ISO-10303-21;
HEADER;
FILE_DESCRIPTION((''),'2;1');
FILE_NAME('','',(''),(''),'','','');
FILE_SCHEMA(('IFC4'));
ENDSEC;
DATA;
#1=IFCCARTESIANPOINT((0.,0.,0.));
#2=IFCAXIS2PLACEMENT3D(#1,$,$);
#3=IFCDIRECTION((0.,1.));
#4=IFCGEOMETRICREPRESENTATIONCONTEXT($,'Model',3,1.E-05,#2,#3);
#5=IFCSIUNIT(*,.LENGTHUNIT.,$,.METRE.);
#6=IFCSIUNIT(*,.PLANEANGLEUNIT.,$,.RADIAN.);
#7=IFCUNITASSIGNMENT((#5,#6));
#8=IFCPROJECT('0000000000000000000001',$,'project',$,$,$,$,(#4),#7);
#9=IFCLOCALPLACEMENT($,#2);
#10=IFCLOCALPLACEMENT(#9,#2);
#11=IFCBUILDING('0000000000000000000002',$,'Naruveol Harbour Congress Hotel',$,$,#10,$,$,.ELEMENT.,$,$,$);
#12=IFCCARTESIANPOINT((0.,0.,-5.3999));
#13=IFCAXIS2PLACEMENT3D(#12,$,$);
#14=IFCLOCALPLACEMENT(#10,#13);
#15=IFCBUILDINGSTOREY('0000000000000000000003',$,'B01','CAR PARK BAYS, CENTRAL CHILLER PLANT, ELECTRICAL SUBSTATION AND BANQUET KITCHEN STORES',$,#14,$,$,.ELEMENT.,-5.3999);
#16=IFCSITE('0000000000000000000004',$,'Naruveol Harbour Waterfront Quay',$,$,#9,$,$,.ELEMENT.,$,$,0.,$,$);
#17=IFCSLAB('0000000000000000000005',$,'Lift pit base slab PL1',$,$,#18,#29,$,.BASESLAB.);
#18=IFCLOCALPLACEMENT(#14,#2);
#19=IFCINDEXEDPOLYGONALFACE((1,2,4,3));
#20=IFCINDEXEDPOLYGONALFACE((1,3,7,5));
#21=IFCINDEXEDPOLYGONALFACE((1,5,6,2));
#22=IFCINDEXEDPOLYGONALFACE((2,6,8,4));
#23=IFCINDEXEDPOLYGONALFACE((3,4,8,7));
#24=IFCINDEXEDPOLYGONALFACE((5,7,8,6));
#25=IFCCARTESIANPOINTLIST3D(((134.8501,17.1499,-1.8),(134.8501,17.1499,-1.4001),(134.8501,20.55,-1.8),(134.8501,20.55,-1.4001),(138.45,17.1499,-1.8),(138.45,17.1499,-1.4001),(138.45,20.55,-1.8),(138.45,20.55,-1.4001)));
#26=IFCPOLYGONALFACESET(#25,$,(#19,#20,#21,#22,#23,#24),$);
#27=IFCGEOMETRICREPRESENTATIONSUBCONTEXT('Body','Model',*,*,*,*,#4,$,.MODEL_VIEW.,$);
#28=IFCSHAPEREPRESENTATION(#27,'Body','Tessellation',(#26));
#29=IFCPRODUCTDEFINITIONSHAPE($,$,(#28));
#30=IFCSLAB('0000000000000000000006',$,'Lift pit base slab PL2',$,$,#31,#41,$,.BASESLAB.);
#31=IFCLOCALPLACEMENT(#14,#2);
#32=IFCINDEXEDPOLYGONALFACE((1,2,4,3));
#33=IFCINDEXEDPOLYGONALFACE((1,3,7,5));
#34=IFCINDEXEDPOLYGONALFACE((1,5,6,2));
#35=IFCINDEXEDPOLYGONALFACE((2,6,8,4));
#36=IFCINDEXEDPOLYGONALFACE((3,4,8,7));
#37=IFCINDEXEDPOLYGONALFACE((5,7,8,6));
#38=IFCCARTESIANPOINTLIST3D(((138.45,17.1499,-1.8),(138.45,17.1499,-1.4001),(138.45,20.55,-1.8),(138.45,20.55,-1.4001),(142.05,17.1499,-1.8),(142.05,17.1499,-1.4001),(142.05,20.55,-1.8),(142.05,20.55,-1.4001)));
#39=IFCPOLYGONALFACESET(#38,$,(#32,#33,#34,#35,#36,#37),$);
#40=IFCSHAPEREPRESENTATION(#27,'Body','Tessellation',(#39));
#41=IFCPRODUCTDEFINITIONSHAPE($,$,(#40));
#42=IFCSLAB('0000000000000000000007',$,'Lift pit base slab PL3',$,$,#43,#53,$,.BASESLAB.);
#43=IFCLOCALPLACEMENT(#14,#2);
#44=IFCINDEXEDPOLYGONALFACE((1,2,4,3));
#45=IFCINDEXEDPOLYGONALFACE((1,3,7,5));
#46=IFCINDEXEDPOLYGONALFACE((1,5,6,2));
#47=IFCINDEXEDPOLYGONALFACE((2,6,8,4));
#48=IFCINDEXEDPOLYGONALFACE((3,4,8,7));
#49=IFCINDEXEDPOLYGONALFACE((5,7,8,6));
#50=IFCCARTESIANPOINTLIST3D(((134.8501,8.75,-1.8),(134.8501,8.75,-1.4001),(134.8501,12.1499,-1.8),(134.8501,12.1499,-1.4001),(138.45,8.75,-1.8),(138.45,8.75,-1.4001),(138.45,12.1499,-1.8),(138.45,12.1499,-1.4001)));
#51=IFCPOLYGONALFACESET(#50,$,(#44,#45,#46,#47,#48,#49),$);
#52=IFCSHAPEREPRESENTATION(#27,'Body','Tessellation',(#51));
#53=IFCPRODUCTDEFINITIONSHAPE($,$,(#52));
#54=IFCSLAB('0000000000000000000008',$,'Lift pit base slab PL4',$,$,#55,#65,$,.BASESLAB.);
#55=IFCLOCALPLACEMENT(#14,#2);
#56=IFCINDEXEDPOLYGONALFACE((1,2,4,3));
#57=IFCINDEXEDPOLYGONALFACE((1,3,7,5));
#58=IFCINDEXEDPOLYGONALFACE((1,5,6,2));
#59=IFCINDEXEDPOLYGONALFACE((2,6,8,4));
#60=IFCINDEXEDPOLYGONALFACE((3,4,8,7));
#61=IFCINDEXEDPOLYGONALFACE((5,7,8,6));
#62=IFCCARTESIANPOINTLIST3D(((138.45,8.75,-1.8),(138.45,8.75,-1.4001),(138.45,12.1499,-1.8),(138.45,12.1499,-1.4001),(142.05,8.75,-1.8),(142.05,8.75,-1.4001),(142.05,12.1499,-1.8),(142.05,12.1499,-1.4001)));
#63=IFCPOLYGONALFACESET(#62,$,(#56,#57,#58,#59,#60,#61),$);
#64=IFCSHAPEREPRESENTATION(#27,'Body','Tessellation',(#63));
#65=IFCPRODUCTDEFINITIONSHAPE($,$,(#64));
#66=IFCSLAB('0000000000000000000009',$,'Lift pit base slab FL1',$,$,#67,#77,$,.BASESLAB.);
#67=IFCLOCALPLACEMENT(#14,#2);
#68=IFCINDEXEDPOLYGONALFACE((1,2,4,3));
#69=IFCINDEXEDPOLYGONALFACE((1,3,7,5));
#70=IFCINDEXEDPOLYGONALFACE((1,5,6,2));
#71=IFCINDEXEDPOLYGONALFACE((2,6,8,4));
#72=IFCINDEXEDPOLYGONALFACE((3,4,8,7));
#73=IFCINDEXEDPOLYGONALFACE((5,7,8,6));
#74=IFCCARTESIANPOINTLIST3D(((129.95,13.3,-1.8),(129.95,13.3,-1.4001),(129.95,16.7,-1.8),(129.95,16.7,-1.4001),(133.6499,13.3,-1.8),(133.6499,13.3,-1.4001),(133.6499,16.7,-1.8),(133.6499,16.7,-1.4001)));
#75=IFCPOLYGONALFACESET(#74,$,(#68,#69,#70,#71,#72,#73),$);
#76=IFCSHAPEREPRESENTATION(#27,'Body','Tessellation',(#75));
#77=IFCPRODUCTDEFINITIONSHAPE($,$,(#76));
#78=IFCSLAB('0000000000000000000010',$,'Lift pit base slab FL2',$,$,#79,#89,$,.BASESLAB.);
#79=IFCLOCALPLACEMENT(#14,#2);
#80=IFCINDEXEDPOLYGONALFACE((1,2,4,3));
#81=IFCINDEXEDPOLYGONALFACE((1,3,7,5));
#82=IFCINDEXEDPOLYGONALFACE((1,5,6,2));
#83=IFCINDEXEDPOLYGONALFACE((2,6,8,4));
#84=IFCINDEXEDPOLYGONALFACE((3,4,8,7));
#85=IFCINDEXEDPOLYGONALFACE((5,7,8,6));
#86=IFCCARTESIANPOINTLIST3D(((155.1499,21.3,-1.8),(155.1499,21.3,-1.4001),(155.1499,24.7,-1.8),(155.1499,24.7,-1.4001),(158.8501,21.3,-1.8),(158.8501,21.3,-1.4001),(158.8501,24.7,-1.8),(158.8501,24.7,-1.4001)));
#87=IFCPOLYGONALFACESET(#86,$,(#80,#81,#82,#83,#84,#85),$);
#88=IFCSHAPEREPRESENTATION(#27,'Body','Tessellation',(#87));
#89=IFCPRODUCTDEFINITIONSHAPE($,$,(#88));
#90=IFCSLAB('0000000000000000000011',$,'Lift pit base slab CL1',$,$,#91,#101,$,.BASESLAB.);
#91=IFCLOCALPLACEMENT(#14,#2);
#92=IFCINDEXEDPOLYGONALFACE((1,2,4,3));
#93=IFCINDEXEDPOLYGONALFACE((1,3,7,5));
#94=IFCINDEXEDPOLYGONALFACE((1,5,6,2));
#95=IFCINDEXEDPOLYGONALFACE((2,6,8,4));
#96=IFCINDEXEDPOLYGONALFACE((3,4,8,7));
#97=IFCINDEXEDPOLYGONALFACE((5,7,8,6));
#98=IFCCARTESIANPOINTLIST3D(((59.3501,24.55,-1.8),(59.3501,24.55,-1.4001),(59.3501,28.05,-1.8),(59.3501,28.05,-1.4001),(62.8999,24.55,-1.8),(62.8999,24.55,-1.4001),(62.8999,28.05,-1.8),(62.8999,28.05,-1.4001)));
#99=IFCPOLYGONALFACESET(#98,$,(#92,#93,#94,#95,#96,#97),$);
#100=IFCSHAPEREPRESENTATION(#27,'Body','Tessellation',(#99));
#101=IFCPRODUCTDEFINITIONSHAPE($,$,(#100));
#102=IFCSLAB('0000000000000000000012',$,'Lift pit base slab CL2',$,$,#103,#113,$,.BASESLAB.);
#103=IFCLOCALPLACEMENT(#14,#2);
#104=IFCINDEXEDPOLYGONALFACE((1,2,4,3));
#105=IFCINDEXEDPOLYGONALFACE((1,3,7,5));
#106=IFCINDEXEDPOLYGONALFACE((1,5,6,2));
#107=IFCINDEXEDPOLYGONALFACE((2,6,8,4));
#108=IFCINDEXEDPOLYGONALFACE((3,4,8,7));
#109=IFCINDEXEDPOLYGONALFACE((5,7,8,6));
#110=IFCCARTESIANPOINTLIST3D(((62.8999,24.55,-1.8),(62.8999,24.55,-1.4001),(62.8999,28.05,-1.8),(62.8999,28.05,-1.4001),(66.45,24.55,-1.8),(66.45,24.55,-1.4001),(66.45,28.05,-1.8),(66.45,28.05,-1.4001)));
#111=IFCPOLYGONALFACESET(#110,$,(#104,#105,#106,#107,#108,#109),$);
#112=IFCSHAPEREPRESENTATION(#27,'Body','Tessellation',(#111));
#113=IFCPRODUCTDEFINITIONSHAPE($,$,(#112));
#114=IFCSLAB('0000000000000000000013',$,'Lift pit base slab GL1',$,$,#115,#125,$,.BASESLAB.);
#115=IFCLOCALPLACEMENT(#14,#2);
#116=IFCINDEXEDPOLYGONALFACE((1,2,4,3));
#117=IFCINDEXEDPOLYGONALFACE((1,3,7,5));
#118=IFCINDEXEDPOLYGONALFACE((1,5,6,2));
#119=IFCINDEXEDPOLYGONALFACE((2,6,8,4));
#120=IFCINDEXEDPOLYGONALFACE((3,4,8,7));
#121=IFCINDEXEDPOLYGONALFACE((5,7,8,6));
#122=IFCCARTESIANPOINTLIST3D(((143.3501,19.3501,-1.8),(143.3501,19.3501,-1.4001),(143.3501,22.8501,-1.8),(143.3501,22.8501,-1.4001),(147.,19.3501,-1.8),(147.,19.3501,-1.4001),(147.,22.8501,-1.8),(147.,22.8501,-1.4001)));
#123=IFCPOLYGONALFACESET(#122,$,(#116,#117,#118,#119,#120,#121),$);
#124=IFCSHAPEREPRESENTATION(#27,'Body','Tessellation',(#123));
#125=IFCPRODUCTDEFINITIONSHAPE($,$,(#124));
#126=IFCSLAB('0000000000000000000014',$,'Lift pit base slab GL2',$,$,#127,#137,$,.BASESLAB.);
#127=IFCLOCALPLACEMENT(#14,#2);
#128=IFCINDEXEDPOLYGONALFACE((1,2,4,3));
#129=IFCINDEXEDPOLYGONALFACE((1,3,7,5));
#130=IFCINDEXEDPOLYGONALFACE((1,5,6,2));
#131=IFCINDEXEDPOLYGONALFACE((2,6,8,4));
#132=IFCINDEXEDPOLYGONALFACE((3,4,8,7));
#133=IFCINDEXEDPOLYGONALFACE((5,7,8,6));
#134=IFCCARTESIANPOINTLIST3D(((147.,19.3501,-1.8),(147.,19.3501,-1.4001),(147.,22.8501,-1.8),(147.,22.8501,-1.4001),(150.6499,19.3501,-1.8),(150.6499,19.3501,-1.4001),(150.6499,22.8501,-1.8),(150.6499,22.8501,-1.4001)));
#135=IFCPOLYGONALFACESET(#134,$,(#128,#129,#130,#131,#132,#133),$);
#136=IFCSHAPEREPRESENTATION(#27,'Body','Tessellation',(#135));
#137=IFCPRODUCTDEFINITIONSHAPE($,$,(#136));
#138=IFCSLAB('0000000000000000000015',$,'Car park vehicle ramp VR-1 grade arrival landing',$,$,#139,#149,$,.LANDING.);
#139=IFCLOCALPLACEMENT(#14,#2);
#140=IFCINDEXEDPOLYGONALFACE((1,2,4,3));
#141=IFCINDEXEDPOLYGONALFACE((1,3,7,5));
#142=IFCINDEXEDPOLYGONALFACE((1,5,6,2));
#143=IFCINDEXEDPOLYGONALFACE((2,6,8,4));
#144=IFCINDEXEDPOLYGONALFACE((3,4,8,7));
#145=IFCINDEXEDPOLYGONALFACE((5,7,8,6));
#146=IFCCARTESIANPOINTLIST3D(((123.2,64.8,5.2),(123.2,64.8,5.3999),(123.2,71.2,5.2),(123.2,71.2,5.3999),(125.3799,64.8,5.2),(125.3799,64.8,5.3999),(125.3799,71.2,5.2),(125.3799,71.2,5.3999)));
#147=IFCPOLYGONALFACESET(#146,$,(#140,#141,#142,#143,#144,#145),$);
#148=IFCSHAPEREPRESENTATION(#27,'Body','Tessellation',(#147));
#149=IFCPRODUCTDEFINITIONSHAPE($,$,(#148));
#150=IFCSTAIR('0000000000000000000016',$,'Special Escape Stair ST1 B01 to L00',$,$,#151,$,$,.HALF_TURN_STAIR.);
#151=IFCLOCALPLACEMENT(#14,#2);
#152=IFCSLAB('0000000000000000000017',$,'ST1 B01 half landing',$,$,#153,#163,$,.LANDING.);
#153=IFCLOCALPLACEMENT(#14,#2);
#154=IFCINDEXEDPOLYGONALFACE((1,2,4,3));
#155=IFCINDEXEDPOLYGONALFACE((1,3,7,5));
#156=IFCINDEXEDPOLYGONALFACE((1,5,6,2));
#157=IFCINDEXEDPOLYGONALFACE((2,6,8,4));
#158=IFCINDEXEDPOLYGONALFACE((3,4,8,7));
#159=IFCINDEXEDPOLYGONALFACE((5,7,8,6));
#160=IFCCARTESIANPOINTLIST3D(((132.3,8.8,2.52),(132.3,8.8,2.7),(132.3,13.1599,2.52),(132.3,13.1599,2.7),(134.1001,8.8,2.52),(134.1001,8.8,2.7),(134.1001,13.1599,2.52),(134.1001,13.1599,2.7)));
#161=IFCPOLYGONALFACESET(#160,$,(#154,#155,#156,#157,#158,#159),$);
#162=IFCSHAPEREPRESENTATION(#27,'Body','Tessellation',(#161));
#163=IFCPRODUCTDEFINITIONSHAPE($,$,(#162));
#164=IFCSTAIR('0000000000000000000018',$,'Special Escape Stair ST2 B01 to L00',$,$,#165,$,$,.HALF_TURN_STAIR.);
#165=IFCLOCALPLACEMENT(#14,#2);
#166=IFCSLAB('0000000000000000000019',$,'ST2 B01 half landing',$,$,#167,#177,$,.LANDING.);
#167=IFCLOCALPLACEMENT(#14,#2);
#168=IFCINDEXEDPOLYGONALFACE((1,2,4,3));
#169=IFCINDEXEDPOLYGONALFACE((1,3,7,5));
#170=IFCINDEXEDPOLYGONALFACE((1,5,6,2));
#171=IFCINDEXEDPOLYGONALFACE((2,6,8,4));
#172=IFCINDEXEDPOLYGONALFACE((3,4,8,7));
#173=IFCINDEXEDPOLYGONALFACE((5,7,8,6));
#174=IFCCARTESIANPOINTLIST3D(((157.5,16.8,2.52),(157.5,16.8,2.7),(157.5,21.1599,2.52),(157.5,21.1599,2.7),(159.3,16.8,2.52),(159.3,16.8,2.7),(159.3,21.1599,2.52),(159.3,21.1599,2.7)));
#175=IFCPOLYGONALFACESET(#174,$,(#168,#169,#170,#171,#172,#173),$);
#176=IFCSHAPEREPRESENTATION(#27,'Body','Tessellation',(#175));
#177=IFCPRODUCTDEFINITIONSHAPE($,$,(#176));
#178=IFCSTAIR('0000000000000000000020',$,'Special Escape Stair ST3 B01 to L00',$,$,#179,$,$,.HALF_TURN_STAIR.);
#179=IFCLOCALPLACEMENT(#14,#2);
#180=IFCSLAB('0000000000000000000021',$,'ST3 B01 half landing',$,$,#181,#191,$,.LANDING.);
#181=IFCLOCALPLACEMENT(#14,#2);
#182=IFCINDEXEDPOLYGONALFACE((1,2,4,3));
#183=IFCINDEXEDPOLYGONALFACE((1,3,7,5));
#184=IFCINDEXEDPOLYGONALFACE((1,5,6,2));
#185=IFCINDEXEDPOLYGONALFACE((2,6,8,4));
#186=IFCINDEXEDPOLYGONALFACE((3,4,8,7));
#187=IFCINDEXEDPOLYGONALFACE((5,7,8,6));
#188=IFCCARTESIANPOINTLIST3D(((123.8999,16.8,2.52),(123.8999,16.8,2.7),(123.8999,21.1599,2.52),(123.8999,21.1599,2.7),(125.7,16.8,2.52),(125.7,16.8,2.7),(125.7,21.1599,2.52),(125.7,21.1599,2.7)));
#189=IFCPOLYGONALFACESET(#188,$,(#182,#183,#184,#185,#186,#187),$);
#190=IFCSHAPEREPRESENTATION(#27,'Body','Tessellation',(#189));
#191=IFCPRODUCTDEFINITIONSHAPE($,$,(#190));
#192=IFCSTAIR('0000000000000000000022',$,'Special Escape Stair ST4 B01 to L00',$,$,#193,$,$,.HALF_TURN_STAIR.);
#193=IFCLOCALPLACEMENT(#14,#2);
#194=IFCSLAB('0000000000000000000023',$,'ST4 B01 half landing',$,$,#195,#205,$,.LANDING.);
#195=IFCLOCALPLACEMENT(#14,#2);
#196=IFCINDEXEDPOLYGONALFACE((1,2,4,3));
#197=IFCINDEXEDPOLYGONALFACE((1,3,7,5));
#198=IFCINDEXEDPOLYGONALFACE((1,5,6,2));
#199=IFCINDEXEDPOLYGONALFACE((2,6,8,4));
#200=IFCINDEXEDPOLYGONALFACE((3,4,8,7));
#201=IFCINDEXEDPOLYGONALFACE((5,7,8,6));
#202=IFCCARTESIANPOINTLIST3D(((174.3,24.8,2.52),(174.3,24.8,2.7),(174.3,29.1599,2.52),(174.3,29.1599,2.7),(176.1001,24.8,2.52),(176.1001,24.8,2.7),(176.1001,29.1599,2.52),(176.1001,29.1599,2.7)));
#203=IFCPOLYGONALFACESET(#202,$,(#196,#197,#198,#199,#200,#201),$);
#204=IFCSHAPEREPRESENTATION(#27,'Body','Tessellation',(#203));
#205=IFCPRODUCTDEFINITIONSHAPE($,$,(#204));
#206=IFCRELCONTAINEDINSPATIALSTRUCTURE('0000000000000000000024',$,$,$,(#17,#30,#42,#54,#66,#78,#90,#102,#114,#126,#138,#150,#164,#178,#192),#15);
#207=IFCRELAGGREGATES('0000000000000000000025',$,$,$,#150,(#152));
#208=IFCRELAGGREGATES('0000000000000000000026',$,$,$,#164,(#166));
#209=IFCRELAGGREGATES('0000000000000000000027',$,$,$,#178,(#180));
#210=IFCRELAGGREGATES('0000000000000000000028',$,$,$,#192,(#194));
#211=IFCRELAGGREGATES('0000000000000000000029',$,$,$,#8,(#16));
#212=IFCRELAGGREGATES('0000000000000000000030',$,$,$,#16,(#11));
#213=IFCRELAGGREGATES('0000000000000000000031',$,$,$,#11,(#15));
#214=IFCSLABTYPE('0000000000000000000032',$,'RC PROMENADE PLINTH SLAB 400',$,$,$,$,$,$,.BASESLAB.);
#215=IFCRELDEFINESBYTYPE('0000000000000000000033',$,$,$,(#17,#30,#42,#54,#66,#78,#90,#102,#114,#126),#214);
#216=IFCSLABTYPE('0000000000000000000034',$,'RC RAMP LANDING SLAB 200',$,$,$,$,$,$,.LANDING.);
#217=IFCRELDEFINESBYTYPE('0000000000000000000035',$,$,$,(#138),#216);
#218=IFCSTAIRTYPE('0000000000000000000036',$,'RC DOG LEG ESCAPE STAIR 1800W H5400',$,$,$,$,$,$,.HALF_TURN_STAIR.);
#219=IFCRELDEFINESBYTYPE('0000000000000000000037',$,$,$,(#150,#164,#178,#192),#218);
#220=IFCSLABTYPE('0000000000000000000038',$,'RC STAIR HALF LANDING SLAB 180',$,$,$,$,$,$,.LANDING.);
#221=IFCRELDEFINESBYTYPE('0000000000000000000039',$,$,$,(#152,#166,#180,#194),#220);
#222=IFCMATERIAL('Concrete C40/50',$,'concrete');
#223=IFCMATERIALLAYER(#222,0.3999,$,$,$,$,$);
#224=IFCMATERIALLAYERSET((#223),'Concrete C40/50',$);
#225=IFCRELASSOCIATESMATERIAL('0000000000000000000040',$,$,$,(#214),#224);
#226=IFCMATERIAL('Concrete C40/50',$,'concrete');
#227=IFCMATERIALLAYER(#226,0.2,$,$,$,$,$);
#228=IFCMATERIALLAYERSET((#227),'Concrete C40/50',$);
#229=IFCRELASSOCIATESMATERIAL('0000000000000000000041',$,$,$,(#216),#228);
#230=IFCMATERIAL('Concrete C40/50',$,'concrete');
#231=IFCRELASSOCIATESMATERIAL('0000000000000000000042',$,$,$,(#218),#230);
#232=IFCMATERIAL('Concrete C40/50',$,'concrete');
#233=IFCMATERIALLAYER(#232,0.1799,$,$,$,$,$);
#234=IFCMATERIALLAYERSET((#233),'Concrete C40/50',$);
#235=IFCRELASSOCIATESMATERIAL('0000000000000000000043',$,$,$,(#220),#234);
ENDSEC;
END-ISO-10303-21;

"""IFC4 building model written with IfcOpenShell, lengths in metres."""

from ifc_helpers import new_model, si_unit, direction, frame, origin, place, context, subcontext, project, spatial, polyline, outline, extrude, material, layer, layer_set, type_object, element, aggregate, save


model = new_model("IFC4")

# Units and contexts
model_context = context("Model", 3, precision=1e-05, world=origin(), true_north=direction((0.0, 1.0)))
body_context = subcontext(model_context, "Body", "Model", "MODEL_VIEW")
ifc_project = project(units=[si_unit("LENGTHUNIT", "METRE"), si_unit("PLANEANGLEUNIT", "RADIAN")], contexts=[model_context])

# Site, building, storey
site_placement = place(None, origin())
site = spatial("IfcSite", under=ifc_project, at=site_placement, Name="Naruveol Harbour Waterfront Quay", CompositionType="ELEMENT", RefElevation=0.0)
building_placement = place(site_placement, origin())
building = spatial("IfcBuilding", under=site, at=building_placement, Name="Naruveol Harbour Congress Hotel", CompositionType="ELEMENT")
storey_placement = place(building_placement, frame((0.0, 0.0, -5.3999)))
storey = spatial("IfcBuildingStorey", under=building, at=storey_placement, Name="B01", Description="CAR PARK BAYS, CENTRAL CHILLER PLANT, ELECTRICAL SUBSTATION AND BANQUET KITCHEN STORES", CompositionType="ELEMENT", Elevation=-5.3999)

# Slabs
ifc_material_1 = material(Name="Concrete C40/50", Category="concrete")
ifc_layer_1 = layer(ifc_material_1, 0.3999)
ifc_layer_set_1 = layer_set([ifc_layer_1], Name="Concrete C40/50")
slab_type_1 = type_object("IfcSlabType", Name="RC PROMENADE PLINTH SLAB 400", PredefinedType="BASESLAB", material=ifc_layer_set_1)
slab_1_placement = place(storey_placement, frame((0.0, 0.0, -1.8)))
element("IfcSlab", 1, at=slab_1_placement, inside=storey, type_object=slab_type_1, Name="Lift pit base slab PL1", PredefinedType="BASESLAB", context=body_context, shape_type="SweptSolid", body=[
    extrude(outline(polyline([(134.8501, 17.1499), (138.45, 17.1499), (138.45, 20.55), (134.8501, 20.55), (134.8501, 17.1499)])), origin(), (0.0, 0.0, 1.0), 0.3999),
])
slab_2_placement = place(storey_placement, frame((0.0, 0.0, -1.8)))
element("IfcSlab", 2, at=slab_2_placement, inside=storey, type_object=slab_type_1, Name="Lift pit base slab PL2", PredefinedType="BASESLAB", context=body_context, shape_type="SweptSolid", body=[
    extrude(outline(polyline([(138.45, 17.1499), (142.05, 17.1499), (142.05, 20.55), (138.45, 20.55), (138.45, 17.1499)])), origin(), (0.0, 0.0, 1.0), 0.3999),
])
slab_3_placement = place(storey_placement, frame((0.0, 0.0, -1.8)))
element("IfcSlab", 3, at=slab_3_placement, inside=storey, type_object=slab_type_1, Name="Lift pit base slab PL3", PredefinedType="BASESLAB", context=body_context, shape_type="SweptSolid", body=[
    extrude(outline(polyline([(134.8501, 8.75), (138.45, 8.75), (138.45, 12.1499), (134.8501, 12.1499), (134.8501, 8.75)])), origin(), (0.0, 0.0, 1.0), 0.3999),
])
slab_4_placement = place(storey_placement, frame((0.0, 0.0, -1.8)))
element("IfcSlab", 4, at=slab_4_placement, inside=storey, type_object=slab_type_1, Name="Lift pit base slab PL4", PredefinedType="BASESLAB", context=body_context, shape_type="SweptSolid", body=[
    extrude(outline(polyline([(138.45, 8.75), (142.05, 8.75), (142.05, 12.1499), (138.45, 12.1499), (138.45, 8.75)])), origin(), (0.0, 0.0, 1.0), 0.3999),
])
slab_5_placement = place(storey_placement, frame((0.0, 0.0, -1.8)))
element("IfcSlab", 5, at=slab_5_placement, inside=storey, type_object=slab_type_1, Name="Lift pit base slab FL1", PredefinedType="BASESLAB", context=body_context, shape_type="SweptSolid", body=[
    extrude(outline(polyline([(129.95, 13.3), (133.6499, 13.3), (133.6499, 16.7), (129.95, 16.7), (129.95, 13.3)])), origin(), (0.0, 0.0, 1.0), 0.3999),
])
slab_6_placement = place(storey_placement, frame((0.0, 0.0, -1.8)))
element("IfcSlab", 6, at=slab_6_placement, inside=storey, type_object=slab_type_1, Name="Lift pit base slab FL2", PredefinedType="BASESLAB", context=body_context, shape_type="SweptSolid", body=[
    extrude(outline(polyline([(155.1499, 21.3), (158.8501, 21.3), (158.8501, 24.7), (155.1499, 24.7), (155.1499, 21.3)])), origin(), (0.0, 0.0, 1.0), 0.3999),
])
slab_7_placement = place(storey_placement, frame((0.0, 0.0, -1.8)))
element("IfcSlab", 7, at=slab_7_placement, inside=storey, type_object=slab_type_1, Name="Lift pit base slab CL1", PredefinedType="BASESLAB", context=body_context, shape_type="SweptSolid", body=[
    extrude(outline(polyline([(59.3501, 24.55), (62.8999, 24.55), (62.8999, 28.05), (59.3501, 28.05), (59.3501, 24.55)])), origin(), (0.0, 0.0, 1.0), 0.3999),
])
slab_8_placement = place(storey_placement, frame((0.0, 0.0, -1.8)))
element("IfcSlab", 8, at=slab_8_placement, inside=storey, type_object=slab_type_1, Name="Lift pit base slab CL2", PredefinedType="BASESLAB", context=body_context, shape_type="SweptSolid", body=[
    extrude(outline(polyline([(62.8999, 24.55), (66.45, 24.55), (66.45, 28.05), (62.8999, 28.05), (62.8999, 24.55)])), origin(), (0.0, 0.0, 1.0), 0.3999),
])
slab_9_placement = place(storey_placement, frame((0.0, 0.0, -1.8)))
element("IfcSlab", 9, at=slab_9_placement, inside=storey, type_object=slab_type_1, Name="Lift pit base slab GL1", PredefinedType="BASESLAB", context=body_context, shape_type="SweptSolid", body=[
    extrude(outline(polyline([(143.3501, 19.3501), (147.0, 19.3501), (147.0, 22.8501), (143.3501, 22.8501), (143.3501, 19.3501)])), origin(), (0.0, 0.0, 1.0), 0.3999),
])
slab_10_placement = place(storey_placement, frame((0.0, 0.0, -1.8)))
element("IfcSlab", 10, at=slab_10_placement, inside=storey, type_object=slab_type_1, Name="Lift pit base slab GL2", PredefinedType="BASESLAB", context=body_context, shape_type="SweptSolid", body=[
    extrude(outline(polyline([(147.0, 19.3501), (150.6499, 19.3501), (150.6499, 22.8501), (147.0, 22.8501), (147.0, 19.3501)])), origin(), (0.0, 0.0, 1.0), 0.3999),
])
ifc_material_2 = material(Name="Concrete C40/50", Category="concrete")
ifc_layer_2 = layer(ifc_material_2, 0.2)
ifc_layer_set_2 = layer_set([ifc_layer_2], Name="Concrete C40/50")
slab_type_2 = type_object("IfcSlabType", Name="RC RAMP LANDING SLAB 200", PredefinedType="LANDING", material=ifc_layer_set_2)
slab_11_placement = place(storey_placement, frame((0.0, 0.0, 5.2)))
element("IfcSlab", 11, at=slab_11_placement, inside=storey, type_object=slab_type_2, Name="Car park vehicle ramp VR-1 grade arrival landing", PredefinedType="LANDING", context=body_context, shape_type="SweptSolid", body=[
    extrude(outline(polyline([(123.2, 64.8), (125.3799, 64.8), (125.3799, 71.2), (123.2, 71.2), (123.2, 64.8)])), origin(), (0.0, 0.0, 1.0), 0.2),
])

# Stairs, slabs
ifc_material_3 = material(Name="Concrete C40/50", Category="concrete")
stair_type = type_object("IfcStairType", Name="RC DOG LEG ESCAPE STAIR 1800W H5400", PredefinedType="HALF_TURN_STAIR", material=ifc_material_3)
stair_1_placement = place(storey_placement, origin())
stair_1 = element("IfcStair", 12, at=stair_1_placement, inside=storey, type_object=stair_type, Name="Special Escape Stair ST1 B01 to L00", PredefinedType="HALF_TURN_STAIR")
ifc_material_4 = material(Name="Concrete C40/50", Category="concrete")
ifc_layer_3 = layer(ifc_material_4, 0.1799)
ifc_layer_set_3 = layer_set([ifc_layer_3], Name="Concrete C40/50")
slab_type_3 = type_object("IfcSlabType", Name="RC STAIR HALF LANDING SLAB 180", PredefinedType="LANDING", material=ifc_layer_set_3)
slab_12_placement = place(storey_placement, frame((0.0, 0.0, 2.52)))
slab_12 = element("IfcSlab", 13, at=slab_12_placement, type_object=slab_type_3, Name="ST1 B01 half landing", PredefinedType="LANDING", context=body_context, shape_type="SweptSolid", body=[
    extrude(outline(polyline([(132.3, 8.8), (134.1001, 8.8), (134.1001, 13.1599), (132.3, 13.1599), (132.3, 8.8)])), origin(), (0.0, 0.0, 1.0), 0.1799),
])
aggregate(stair_1, [slab_12])
stair_2_placement = place(storey_placement, origin())
stair_2 = element("IfcStair", 14, at=stair_2_placement, inside=storey, type_object=stair_type, Name="Special Escape Stair ST2 B01 to L00", PredefinedType="HALF_TURN_STAIR")
slab_13_placement = place(storey_placement, frame((0.0, 0.0, 2.52)))
slab_13 = element("IfcSlab", 15, at=slab_13_placement, type_object=slab_type_3, Name="ST2 B01 half landing", PredefinedType="LANDING", context=body_context, shape_type="SweptSolid", body=[
    extrude(outline(polyline([(157.5, 16.8), (159.3, 16.8), (159.3, 21.1599), (157.5, 21.1599), (157.5, 16.8)])), origin(), (0.0, 0.0, 1.0), 0.1799),
])
aggregate(stair_2, [slab_13])
stair_3_placement = place(storey_placement, origin())
stair_3 = element("IfcStair", 16, at=stair_3_placement, inside=storey, type_object=stair_type, Name="Special Escape Stair ST3 B01 to L00", PredefinedType="HALF_TURN_STAIR")
slab_14_placement = place(storey_placement, frame((0.0, 0.0, 2.52)))
slab_14 = element("IfcSlab", 17, at=slab_14_placement, type_object=slab_type_3, Name="ST3 B01 half landing", PredefinedType="LANDING", context=body_context, shape_type="SweptSolid", body=[
    extrude(outline(polyline([(123.8999, 16.8), (125.7, 16.8), (125.7, 21.1599), (123.8999, 21.1599), (123.8999, 16.8)])), origin(), (0.0, 0.0, 1.0), 0.1799),
])
aggregate(stair_3, [slab_14])
stair_4_placement = place(storey_placement, origin())
stair_4 = element("IfcStair", 18, at=stair_4_placement, inside=storey, type_object=stair_type, Name="Special Escape Stair ST4 B01 to L00", PredefinedType="HALF_TURN_STAIR")
slab_15_placement = place(storey_placement, frame((0.0, 0.0, 2.52)))
slab_15 = element("IfcSlab", 19, at=slab_15_placement, type_object=slab_type_3, Name="ST4 B01 half landing", PredefinedType="LANDING", context=body_context, shape_type="SweptSolid", body=[
    extrude(outline(polyline([(174.3, 24.8), (176.1001, 24.8), (176.1001, 29.1599), (174.3, 29.1599), (174.3, 24.8)])), origin(), (0.0, 0.0, 1.0), 0.1799),
])
aggregate(stair_4, [slab_15])

save(model, "model.ifc")
